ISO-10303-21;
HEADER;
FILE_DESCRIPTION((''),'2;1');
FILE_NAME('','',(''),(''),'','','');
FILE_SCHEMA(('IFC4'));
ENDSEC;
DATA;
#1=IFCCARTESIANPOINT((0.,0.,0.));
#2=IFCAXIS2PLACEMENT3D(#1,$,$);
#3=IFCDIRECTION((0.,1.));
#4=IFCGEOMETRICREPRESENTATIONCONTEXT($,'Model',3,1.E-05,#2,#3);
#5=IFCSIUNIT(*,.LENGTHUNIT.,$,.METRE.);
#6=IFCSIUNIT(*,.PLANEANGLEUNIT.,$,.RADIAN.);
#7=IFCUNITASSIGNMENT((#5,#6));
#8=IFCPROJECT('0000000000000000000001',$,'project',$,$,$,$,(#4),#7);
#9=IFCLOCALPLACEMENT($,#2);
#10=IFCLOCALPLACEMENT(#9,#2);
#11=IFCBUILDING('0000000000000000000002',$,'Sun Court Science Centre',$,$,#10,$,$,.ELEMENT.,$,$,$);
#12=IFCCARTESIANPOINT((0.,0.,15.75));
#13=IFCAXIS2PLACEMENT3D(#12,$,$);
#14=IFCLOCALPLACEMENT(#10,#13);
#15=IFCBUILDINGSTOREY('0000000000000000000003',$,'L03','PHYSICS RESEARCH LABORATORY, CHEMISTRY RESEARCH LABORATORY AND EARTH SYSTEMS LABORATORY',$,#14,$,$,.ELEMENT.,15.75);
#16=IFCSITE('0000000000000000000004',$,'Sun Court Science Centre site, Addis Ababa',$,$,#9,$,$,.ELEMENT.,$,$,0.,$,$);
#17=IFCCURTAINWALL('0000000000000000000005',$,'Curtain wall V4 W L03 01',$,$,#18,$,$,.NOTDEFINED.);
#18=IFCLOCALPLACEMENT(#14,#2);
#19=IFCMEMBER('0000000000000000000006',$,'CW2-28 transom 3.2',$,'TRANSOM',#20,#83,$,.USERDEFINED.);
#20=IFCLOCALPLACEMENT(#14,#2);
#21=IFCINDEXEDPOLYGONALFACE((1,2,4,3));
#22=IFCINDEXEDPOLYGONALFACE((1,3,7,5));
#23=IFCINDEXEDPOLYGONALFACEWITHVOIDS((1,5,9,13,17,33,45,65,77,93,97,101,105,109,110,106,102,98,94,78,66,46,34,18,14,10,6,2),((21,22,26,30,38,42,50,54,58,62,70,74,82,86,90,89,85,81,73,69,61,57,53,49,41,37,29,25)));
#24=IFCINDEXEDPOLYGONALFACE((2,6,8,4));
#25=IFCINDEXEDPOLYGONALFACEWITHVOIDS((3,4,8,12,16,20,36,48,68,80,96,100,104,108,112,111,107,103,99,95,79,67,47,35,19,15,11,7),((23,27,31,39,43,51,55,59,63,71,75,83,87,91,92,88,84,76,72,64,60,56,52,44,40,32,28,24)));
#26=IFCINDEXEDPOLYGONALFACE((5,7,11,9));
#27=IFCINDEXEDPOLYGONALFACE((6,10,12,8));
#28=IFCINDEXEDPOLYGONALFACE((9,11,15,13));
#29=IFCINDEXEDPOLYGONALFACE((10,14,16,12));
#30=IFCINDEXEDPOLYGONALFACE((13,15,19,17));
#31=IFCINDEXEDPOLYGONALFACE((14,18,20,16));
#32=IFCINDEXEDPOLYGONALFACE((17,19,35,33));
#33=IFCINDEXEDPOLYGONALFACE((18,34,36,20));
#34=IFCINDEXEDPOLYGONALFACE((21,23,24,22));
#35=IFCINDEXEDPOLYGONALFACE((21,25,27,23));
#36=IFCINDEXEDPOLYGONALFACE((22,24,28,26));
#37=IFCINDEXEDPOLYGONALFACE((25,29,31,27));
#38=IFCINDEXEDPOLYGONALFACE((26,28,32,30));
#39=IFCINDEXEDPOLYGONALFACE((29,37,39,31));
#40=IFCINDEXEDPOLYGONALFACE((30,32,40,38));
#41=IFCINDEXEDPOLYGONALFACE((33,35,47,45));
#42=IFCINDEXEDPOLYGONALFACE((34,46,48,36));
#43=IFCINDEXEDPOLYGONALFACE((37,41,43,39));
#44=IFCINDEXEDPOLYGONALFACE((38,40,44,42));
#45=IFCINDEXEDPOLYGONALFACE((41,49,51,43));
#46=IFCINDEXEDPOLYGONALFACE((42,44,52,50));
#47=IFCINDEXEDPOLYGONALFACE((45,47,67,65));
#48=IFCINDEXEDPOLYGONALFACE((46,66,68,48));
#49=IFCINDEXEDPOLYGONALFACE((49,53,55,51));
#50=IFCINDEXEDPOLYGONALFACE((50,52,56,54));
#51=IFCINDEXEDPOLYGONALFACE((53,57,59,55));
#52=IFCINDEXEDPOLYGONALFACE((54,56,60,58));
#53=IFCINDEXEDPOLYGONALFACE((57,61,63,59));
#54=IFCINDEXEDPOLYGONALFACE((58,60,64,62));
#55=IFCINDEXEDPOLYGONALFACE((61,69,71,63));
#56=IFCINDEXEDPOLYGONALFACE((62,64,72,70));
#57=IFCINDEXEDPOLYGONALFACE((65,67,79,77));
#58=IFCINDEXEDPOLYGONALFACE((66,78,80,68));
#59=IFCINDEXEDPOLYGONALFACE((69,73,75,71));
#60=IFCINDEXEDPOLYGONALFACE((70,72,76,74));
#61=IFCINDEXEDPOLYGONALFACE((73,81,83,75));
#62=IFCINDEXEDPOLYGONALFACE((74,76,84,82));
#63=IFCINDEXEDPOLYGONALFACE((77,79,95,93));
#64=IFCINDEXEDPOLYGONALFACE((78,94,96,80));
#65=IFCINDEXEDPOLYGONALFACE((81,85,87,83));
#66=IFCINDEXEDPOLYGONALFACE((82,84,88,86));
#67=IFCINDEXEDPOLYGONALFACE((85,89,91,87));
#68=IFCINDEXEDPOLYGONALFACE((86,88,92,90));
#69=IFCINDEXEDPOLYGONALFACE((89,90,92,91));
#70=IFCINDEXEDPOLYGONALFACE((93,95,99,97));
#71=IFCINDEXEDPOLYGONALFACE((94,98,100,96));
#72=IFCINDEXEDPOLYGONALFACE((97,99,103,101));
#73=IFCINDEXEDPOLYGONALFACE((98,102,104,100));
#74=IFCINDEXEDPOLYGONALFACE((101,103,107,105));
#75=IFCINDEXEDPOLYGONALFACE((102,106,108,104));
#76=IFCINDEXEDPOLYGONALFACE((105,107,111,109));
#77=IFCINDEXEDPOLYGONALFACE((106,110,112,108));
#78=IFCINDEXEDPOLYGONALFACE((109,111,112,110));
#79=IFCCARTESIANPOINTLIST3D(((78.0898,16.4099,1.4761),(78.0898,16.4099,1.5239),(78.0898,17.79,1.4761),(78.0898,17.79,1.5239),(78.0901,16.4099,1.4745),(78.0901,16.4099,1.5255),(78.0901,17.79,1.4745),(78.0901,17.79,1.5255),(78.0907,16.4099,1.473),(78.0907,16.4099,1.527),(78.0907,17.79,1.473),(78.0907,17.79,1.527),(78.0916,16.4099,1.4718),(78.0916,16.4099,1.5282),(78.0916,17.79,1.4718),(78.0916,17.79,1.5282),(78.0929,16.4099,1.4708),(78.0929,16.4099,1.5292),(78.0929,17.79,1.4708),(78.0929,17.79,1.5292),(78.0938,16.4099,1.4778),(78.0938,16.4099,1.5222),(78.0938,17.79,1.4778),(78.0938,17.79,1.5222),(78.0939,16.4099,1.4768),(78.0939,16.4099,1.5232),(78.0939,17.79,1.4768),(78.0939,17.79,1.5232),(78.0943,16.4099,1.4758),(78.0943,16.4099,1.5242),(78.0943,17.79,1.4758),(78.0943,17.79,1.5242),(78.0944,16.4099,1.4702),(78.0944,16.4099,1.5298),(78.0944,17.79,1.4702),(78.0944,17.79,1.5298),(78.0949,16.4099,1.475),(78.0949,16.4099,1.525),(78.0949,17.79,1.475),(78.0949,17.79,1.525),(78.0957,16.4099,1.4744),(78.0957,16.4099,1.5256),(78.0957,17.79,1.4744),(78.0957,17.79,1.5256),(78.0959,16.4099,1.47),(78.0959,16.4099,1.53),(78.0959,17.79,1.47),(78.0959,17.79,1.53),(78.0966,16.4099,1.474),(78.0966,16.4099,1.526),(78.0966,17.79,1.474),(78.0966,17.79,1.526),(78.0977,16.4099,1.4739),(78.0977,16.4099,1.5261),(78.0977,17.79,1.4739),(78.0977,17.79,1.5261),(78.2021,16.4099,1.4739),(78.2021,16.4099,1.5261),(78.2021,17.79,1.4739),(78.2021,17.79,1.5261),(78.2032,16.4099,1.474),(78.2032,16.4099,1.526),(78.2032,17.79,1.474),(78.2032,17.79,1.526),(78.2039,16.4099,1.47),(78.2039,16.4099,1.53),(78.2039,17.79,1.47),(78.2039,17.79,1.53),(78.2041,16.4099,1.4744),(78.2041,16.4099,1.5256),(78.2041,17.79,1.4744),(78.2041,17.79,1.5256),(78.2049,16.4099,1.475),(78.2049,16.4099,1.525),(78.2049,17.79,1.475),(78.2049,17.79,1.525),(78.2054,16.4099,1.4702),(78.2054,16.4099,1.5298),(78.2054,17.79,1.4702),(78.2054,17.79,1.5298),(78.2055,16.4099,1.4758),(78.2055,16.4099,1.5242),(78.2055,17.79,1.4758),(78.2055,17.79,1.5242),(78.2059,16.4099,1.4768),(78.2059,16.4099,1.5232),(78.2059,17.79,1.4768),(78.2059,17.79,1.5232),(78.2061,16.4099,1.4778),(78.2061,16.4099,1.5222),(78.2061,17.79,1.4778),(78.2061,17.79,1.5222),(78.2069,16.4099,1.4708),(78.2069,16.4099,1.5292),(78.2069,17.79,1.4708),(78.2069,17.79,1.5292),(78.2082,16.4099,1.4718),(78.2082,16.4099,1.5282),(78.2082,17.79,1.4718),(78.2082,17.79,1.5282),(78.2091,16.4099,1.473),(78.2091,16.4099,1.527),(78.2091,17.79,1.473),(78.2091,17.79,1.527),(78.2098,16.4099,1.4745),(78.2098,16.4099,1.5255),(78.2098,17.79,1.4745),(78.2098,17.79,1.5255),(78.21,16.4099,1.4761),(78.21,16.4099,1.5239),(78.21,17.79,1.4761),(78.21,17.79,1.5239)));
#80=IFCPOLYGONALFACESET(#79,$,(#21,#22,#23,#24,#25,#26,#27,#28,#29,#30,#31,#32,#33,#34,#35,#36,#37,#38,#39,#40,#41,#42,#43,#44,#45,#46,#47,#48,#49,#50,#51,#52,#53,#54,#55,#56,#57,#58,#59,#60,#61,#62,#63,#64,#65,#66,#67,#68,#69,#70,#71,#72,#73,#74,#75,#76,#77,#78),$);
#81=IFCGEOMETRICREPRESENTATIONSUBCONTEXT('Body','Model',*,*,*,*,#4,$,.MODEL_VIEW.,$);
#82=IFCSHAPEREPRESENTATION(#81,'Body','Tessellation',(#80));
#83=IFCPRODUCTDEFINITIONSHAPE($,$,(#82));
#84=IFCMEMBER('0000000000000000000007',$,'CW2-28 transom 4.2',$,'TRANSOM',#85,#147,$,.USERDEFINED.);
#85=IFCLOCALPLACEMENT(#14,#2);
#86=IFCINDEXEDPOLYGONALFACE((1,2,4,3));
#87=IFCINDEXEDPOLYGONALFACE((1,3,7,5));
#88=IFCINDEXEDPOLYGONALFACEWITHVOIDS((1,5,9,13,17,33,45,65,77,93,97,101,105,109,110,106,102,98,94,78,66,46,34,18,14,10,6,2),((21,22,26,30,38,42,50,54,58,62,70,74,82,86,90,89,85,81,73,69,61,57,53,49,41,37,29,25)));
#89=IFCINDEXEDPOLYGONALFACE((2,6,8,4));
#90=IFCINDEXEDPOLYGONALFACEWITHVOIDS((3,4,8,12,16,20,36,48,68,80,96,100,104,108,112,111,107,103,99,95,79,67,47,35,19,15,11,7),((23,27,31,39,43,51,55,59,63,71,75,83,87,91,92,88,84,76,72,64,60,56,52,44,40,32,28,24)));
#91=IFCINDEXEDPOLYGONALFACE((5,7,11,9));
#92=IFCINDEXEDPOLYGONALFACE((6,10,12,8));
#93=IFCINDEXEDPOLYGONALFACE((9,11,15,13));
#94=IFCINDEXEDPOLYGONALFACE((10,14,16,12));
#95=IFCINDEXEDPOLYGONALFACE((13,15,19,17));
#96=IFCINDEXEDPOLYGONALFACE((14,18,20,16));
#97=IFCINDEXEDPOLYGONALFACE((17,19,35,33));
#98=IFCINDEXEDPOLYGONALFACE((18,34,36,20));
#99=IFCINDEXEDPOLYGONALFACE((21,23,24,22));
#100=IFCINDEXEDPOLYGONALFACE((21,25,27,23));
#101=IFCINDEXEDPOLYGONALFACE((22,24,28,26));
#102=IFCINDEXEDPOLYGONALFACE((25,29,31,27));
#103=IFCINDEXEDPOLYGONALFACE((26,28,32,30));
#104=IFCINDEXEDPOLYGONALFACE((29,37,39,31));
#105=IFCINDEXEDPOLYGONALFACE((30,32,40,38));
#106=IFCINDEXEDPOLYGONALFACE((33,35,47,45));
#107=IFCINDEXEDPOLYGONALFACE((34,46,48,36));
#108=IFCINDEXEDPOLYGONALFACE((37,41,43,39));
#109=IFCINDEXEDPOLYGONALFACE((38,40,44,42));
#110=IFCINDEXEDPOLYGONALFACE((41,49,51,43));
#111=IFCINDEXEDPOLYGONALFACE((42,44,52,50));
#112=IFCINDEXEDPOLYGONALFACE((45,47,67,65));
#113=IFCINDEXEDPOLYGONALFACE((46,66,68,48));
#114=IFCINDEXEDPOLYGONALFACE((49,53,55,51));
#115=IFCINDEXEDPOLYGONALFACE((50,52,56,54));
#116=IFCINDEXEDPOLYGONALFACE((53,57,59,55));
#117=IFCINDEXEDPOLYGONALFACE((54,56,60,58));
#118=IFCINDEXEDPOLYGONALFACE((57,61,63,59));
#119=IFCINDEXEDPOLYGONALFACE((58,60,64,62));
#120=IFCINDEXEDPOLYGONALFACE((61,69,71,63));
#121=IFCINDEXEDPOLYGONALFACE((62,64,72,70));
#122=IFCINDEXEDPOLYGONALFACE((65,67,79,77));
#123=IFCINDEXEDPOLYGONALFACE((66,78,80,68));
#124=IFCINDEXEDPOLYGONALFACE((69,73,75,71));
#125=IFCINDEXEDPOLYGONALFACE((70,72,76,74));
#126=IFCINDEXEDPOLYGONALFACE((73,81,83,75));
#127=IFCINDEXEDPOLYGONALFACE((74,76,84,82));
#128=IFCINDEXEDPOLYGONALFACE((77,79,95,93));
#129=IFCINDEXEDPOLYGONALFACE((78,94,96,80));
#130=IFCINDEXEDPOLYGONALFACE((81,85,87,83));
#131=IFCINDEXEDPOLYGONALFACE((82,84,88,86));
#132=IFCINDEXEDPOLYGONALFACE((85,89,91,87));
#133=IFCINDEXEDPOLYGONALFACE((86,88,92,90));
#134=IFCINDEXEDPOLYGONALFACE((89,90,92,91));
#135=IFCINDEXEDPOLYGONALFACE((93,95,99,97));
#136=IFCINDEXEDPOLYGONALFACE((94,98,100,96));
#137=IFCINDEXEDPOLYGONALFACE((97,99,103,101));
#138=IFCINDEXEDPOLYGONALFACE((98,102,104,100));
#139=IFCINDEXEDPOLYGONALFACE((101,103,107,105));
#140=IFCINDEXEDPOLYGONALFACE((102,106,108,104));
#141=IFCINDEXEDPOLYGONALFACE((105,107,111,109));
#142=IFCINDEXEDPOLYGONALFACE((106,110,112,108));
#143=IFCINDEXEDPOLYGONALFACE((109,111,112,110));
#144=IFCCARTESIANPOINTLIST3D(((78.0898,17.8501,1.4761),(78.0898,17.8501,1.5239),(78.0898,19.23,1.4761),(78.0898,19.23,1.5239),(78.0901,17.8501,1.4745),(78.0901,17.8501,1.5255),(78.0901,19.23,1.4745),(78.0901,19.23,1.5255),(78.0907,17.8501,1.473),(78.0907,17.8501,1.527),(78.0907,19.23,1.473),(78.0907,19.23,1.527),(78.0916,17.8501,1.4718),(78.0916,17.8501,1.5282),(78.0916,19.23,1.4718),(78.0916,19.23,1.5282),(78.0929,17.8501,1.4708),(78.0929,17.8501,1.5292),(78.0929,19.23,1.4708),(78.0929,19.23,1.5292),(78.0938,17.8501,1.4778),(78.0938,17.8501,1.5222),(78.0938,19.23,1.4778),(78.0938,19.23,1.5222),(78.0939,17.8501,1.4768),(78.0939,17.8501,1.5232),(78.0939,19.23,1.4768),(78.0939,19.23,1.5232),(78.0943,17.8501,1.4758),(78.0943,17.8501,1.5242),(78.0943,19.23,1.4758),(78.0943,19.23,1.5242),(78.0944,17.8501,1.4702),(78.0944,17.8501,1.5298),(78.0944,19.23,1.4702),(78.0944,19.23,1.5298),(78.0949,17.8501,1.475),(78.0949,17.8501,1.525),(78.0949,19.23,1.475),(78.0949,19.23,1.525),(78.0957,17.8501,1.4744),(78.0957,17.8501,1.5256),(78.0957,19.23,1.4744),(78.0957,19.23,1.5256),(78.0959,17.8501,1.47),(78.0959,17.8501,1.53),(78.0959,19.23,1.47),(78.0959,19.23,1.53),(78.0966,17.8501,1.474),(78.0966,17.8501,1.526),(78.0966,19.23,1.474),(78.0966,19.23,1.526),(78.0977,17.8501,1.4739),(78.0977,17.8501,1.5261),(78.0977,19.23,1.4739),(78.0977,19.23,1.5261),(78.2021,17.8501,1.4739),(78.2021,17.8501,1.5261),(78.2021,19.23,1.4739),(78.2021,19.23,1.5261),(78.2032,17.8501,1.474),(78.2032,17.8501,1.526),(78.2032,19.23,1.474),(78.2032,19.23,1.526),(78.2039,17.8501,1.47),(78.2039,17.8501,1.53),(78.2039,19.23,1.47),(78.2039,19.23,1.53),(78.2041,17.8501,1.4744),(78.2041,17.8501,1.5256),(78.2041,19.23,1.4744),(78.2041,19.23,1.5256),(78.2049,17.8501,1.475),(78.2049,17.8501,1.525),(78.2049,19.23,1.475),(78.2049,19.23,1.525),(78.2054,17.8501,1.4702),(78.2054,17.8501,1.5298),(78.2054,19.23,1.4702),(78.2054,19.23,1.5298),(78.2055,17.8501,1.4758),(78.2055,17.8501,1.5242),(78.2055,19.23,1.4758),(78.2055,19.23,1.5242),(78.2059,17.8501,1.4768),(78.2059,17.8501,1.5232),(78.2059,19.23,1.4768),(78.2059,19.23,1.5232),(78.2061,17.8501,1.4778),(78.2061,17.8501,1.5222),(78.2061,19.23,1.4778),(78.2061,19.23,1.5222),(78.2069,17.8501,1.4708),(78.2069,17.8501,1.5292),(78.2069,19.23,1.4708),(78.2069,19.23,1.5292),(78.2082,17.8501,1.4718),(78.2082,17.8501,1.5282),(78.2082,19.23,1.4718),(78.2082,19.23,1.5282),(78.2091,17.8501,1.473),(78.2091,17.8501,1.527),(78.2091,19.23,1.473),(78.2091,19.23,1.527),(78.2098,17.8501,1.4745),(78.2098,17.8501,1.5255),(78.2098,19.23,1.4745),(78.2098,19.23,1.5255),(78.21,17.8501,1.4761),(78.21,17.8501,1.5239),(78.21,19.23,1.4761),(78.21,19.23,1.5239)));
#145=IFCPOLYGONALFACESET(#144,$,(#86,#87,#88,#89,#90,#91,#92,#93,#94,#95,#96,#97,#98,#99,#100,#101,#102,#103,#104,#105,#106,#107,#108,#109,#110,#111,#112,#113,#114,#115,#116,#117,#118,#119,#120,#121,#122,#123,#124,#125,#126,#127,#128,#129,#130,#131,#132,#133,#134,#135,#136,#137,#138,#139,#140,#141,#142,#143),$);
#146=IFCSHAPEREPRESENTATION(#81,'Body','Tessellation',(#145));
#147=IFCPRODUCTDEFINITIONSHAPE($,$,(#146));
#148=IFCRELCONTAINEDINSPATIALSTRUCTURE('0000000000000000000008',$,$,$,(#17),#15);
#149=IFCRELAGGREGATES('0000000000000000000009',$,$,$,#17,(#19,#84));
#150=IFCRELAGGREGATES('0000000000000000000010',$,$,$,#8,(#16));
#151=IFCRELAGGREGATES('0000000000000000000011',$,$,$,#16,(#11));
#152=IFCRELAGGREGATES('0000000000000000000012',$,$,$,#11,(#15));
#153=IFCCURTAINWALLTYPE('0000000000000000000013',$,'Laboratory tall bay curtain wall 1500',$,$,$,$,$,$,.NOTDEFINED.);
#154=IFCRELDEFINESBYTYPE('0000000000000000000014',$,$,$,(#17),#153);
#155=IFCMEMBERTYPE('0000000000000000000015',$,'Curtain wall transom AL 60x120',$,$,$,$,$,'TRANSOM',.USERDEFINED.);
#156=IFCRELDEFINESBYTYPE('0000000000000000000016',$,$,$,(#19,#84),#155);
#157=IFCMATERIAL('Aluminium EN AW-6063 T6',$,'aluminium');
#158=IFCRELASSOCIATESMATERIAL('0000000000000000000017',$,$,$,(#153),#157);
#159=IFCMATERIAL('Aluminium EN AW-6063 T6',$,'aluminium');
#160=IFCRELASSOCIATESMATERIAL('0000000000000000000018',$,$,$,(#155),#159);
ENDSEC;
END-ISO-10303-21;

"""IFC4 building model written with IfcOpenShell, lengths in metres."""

from ifc_helpers import new_model, si_unit, direction, frame, origin, origin_2d, place, context, subcontext, project, spatial, hollow_rectangle, extrude, material, material_profile, profile_set, type_object, element, aggregate, save


model = new_model("IFC4")

# Units and contexts
model_context = context("Model", 3, precision=1e-05, world=origin(), true_north=direction((0.0, 1.0)))
body_context = subcontext(model_context, "Body", "Model", "MODEL_VIEW")
ifc_project = project(units=[si_unit("LENGTHUNIT", "METRE"), si_unit("PLANEANGLEUNIT", "RADIAN")], contexts=[model_context])

# Site, building, storey
site_placement = place(None, origin())
site = spatial("IfcSite", under=ifc_project, at=site_placement, Name="Sun Court Science Centre site, Addis Ababa", CompositionType="ELEMENT", RefElevation=0.0)
building_placement = place(site_placement, origin())
building = spatial("IfcBuilding", under=site, at=building_placement, Name="Sun Court Science Centre", CompositionType="ELEMENT")
storey_placement = place(building_placement, frame((0.0, 0.0, 15.75)))
storey = spatial("IfcBuildingStorey", under=building, at=storey_placement, Name="L03", Description="PHYSICS RESEARCH LABORATORY, CHEMISTRY RESEARCH LABORATORY AND EARTH SYSTEMS LABORATORY", CompositionType="ELEMENT", Elevation=15.75)

# Curtain wall, members
ifc_material_1 = material(Name="Aluminium EN AW-6063 T6", Category="aluminium")
curtain_wall_type = type_object("IfcCurtainWallType", Name="Laboratory tall bay curtain wall 1500", PredefinedType="NOTDEFINED", material=ifc_material_1)
curtain_wall_placement = place(storey_placement, origin())
curtain_wall = element("IfcCurtainWall", 1, at=curtain_wall_placement, inside=storey, type_object=curtain_wall_type, Name="Curtain wall V4 W L03 01", PredefinedType="NOTDEFINED")
ifc_material_2 = material(Name="Aluminium EN AW-6063 T6", Category="aluminium")
ifc_material_profile_1 = material_profile(ifc_material_2, hollow_rectangle(XDim=0.0601, YDim=0.1201, WallThickness=0.0039, InnerFilletRadius=0.0039, OuterFilletRadius=0.0061, at=origin_2d()), Name="AL 60x120x4")
ifc_profile_set_1 = profile_set([ifc_material_profile_1], Name="Aluminium EN AW-6063 T6")
member_type_1 = type_object("IfcMemberType", Name="Curtain wall transom AL 60x120", ElementType="TRANSOM", PredefinedType="USERDEFINED", material=ifc_profile_set_1)
member_1_placement = place(storey_placement, frame((78.1499, 16.4099, 1.5), z_axis=(0.0, 1.0, 0.0), x_axis=(0.0, 0.0, 1.0)))
member_1 = element("IfcMember", 2, at=member_1_placement, type_object=member_type_1, Name="CW2-28 transom 3.2", ObjectType="TRANSOM", PredefinedType="USERDEFINED", context=body_context, shape_type="SweptSolid", body=[
    extrude(hollow_rectangle(XDim=0.0601, YDim=0.1201, WallThickness=0.0039, InnerFilletRadius=0.0039, OuterFilletRadius=0.0061, at=origin_2d()), origin(), (0.0, 0.0, 1.0), 1.3801),
])
member_2_placement = place(storey_placement, frame((78.1499, 17.8501, 1.5), z_axis=(0.0, 1.0, 0.0), x_axis=(0.0, 0.0, 1.0)))
member_2 = element("IfcMember", 3, at=member_2_placement, type_object=member_type_1, Name="CW2-28 transom 4.2", ObjectType="TRANSOM", PredefinedType="USERDEFINED", context=body_context, shape_type="SweptSolid", body=[
    extrude(hollow_rectangle(XDim=0.0601, YDim=0.1201, WallThickness=0.0039, InnerFilletRadius=0.0039, OuterFilletRadius=0.0061, at=origin_2d()), origin(), (0.0, 0.0, 1.0), 1.3799),
])

aggregate(curtain_wall, [member_1, member_2])

save(model, "model.ifc")
